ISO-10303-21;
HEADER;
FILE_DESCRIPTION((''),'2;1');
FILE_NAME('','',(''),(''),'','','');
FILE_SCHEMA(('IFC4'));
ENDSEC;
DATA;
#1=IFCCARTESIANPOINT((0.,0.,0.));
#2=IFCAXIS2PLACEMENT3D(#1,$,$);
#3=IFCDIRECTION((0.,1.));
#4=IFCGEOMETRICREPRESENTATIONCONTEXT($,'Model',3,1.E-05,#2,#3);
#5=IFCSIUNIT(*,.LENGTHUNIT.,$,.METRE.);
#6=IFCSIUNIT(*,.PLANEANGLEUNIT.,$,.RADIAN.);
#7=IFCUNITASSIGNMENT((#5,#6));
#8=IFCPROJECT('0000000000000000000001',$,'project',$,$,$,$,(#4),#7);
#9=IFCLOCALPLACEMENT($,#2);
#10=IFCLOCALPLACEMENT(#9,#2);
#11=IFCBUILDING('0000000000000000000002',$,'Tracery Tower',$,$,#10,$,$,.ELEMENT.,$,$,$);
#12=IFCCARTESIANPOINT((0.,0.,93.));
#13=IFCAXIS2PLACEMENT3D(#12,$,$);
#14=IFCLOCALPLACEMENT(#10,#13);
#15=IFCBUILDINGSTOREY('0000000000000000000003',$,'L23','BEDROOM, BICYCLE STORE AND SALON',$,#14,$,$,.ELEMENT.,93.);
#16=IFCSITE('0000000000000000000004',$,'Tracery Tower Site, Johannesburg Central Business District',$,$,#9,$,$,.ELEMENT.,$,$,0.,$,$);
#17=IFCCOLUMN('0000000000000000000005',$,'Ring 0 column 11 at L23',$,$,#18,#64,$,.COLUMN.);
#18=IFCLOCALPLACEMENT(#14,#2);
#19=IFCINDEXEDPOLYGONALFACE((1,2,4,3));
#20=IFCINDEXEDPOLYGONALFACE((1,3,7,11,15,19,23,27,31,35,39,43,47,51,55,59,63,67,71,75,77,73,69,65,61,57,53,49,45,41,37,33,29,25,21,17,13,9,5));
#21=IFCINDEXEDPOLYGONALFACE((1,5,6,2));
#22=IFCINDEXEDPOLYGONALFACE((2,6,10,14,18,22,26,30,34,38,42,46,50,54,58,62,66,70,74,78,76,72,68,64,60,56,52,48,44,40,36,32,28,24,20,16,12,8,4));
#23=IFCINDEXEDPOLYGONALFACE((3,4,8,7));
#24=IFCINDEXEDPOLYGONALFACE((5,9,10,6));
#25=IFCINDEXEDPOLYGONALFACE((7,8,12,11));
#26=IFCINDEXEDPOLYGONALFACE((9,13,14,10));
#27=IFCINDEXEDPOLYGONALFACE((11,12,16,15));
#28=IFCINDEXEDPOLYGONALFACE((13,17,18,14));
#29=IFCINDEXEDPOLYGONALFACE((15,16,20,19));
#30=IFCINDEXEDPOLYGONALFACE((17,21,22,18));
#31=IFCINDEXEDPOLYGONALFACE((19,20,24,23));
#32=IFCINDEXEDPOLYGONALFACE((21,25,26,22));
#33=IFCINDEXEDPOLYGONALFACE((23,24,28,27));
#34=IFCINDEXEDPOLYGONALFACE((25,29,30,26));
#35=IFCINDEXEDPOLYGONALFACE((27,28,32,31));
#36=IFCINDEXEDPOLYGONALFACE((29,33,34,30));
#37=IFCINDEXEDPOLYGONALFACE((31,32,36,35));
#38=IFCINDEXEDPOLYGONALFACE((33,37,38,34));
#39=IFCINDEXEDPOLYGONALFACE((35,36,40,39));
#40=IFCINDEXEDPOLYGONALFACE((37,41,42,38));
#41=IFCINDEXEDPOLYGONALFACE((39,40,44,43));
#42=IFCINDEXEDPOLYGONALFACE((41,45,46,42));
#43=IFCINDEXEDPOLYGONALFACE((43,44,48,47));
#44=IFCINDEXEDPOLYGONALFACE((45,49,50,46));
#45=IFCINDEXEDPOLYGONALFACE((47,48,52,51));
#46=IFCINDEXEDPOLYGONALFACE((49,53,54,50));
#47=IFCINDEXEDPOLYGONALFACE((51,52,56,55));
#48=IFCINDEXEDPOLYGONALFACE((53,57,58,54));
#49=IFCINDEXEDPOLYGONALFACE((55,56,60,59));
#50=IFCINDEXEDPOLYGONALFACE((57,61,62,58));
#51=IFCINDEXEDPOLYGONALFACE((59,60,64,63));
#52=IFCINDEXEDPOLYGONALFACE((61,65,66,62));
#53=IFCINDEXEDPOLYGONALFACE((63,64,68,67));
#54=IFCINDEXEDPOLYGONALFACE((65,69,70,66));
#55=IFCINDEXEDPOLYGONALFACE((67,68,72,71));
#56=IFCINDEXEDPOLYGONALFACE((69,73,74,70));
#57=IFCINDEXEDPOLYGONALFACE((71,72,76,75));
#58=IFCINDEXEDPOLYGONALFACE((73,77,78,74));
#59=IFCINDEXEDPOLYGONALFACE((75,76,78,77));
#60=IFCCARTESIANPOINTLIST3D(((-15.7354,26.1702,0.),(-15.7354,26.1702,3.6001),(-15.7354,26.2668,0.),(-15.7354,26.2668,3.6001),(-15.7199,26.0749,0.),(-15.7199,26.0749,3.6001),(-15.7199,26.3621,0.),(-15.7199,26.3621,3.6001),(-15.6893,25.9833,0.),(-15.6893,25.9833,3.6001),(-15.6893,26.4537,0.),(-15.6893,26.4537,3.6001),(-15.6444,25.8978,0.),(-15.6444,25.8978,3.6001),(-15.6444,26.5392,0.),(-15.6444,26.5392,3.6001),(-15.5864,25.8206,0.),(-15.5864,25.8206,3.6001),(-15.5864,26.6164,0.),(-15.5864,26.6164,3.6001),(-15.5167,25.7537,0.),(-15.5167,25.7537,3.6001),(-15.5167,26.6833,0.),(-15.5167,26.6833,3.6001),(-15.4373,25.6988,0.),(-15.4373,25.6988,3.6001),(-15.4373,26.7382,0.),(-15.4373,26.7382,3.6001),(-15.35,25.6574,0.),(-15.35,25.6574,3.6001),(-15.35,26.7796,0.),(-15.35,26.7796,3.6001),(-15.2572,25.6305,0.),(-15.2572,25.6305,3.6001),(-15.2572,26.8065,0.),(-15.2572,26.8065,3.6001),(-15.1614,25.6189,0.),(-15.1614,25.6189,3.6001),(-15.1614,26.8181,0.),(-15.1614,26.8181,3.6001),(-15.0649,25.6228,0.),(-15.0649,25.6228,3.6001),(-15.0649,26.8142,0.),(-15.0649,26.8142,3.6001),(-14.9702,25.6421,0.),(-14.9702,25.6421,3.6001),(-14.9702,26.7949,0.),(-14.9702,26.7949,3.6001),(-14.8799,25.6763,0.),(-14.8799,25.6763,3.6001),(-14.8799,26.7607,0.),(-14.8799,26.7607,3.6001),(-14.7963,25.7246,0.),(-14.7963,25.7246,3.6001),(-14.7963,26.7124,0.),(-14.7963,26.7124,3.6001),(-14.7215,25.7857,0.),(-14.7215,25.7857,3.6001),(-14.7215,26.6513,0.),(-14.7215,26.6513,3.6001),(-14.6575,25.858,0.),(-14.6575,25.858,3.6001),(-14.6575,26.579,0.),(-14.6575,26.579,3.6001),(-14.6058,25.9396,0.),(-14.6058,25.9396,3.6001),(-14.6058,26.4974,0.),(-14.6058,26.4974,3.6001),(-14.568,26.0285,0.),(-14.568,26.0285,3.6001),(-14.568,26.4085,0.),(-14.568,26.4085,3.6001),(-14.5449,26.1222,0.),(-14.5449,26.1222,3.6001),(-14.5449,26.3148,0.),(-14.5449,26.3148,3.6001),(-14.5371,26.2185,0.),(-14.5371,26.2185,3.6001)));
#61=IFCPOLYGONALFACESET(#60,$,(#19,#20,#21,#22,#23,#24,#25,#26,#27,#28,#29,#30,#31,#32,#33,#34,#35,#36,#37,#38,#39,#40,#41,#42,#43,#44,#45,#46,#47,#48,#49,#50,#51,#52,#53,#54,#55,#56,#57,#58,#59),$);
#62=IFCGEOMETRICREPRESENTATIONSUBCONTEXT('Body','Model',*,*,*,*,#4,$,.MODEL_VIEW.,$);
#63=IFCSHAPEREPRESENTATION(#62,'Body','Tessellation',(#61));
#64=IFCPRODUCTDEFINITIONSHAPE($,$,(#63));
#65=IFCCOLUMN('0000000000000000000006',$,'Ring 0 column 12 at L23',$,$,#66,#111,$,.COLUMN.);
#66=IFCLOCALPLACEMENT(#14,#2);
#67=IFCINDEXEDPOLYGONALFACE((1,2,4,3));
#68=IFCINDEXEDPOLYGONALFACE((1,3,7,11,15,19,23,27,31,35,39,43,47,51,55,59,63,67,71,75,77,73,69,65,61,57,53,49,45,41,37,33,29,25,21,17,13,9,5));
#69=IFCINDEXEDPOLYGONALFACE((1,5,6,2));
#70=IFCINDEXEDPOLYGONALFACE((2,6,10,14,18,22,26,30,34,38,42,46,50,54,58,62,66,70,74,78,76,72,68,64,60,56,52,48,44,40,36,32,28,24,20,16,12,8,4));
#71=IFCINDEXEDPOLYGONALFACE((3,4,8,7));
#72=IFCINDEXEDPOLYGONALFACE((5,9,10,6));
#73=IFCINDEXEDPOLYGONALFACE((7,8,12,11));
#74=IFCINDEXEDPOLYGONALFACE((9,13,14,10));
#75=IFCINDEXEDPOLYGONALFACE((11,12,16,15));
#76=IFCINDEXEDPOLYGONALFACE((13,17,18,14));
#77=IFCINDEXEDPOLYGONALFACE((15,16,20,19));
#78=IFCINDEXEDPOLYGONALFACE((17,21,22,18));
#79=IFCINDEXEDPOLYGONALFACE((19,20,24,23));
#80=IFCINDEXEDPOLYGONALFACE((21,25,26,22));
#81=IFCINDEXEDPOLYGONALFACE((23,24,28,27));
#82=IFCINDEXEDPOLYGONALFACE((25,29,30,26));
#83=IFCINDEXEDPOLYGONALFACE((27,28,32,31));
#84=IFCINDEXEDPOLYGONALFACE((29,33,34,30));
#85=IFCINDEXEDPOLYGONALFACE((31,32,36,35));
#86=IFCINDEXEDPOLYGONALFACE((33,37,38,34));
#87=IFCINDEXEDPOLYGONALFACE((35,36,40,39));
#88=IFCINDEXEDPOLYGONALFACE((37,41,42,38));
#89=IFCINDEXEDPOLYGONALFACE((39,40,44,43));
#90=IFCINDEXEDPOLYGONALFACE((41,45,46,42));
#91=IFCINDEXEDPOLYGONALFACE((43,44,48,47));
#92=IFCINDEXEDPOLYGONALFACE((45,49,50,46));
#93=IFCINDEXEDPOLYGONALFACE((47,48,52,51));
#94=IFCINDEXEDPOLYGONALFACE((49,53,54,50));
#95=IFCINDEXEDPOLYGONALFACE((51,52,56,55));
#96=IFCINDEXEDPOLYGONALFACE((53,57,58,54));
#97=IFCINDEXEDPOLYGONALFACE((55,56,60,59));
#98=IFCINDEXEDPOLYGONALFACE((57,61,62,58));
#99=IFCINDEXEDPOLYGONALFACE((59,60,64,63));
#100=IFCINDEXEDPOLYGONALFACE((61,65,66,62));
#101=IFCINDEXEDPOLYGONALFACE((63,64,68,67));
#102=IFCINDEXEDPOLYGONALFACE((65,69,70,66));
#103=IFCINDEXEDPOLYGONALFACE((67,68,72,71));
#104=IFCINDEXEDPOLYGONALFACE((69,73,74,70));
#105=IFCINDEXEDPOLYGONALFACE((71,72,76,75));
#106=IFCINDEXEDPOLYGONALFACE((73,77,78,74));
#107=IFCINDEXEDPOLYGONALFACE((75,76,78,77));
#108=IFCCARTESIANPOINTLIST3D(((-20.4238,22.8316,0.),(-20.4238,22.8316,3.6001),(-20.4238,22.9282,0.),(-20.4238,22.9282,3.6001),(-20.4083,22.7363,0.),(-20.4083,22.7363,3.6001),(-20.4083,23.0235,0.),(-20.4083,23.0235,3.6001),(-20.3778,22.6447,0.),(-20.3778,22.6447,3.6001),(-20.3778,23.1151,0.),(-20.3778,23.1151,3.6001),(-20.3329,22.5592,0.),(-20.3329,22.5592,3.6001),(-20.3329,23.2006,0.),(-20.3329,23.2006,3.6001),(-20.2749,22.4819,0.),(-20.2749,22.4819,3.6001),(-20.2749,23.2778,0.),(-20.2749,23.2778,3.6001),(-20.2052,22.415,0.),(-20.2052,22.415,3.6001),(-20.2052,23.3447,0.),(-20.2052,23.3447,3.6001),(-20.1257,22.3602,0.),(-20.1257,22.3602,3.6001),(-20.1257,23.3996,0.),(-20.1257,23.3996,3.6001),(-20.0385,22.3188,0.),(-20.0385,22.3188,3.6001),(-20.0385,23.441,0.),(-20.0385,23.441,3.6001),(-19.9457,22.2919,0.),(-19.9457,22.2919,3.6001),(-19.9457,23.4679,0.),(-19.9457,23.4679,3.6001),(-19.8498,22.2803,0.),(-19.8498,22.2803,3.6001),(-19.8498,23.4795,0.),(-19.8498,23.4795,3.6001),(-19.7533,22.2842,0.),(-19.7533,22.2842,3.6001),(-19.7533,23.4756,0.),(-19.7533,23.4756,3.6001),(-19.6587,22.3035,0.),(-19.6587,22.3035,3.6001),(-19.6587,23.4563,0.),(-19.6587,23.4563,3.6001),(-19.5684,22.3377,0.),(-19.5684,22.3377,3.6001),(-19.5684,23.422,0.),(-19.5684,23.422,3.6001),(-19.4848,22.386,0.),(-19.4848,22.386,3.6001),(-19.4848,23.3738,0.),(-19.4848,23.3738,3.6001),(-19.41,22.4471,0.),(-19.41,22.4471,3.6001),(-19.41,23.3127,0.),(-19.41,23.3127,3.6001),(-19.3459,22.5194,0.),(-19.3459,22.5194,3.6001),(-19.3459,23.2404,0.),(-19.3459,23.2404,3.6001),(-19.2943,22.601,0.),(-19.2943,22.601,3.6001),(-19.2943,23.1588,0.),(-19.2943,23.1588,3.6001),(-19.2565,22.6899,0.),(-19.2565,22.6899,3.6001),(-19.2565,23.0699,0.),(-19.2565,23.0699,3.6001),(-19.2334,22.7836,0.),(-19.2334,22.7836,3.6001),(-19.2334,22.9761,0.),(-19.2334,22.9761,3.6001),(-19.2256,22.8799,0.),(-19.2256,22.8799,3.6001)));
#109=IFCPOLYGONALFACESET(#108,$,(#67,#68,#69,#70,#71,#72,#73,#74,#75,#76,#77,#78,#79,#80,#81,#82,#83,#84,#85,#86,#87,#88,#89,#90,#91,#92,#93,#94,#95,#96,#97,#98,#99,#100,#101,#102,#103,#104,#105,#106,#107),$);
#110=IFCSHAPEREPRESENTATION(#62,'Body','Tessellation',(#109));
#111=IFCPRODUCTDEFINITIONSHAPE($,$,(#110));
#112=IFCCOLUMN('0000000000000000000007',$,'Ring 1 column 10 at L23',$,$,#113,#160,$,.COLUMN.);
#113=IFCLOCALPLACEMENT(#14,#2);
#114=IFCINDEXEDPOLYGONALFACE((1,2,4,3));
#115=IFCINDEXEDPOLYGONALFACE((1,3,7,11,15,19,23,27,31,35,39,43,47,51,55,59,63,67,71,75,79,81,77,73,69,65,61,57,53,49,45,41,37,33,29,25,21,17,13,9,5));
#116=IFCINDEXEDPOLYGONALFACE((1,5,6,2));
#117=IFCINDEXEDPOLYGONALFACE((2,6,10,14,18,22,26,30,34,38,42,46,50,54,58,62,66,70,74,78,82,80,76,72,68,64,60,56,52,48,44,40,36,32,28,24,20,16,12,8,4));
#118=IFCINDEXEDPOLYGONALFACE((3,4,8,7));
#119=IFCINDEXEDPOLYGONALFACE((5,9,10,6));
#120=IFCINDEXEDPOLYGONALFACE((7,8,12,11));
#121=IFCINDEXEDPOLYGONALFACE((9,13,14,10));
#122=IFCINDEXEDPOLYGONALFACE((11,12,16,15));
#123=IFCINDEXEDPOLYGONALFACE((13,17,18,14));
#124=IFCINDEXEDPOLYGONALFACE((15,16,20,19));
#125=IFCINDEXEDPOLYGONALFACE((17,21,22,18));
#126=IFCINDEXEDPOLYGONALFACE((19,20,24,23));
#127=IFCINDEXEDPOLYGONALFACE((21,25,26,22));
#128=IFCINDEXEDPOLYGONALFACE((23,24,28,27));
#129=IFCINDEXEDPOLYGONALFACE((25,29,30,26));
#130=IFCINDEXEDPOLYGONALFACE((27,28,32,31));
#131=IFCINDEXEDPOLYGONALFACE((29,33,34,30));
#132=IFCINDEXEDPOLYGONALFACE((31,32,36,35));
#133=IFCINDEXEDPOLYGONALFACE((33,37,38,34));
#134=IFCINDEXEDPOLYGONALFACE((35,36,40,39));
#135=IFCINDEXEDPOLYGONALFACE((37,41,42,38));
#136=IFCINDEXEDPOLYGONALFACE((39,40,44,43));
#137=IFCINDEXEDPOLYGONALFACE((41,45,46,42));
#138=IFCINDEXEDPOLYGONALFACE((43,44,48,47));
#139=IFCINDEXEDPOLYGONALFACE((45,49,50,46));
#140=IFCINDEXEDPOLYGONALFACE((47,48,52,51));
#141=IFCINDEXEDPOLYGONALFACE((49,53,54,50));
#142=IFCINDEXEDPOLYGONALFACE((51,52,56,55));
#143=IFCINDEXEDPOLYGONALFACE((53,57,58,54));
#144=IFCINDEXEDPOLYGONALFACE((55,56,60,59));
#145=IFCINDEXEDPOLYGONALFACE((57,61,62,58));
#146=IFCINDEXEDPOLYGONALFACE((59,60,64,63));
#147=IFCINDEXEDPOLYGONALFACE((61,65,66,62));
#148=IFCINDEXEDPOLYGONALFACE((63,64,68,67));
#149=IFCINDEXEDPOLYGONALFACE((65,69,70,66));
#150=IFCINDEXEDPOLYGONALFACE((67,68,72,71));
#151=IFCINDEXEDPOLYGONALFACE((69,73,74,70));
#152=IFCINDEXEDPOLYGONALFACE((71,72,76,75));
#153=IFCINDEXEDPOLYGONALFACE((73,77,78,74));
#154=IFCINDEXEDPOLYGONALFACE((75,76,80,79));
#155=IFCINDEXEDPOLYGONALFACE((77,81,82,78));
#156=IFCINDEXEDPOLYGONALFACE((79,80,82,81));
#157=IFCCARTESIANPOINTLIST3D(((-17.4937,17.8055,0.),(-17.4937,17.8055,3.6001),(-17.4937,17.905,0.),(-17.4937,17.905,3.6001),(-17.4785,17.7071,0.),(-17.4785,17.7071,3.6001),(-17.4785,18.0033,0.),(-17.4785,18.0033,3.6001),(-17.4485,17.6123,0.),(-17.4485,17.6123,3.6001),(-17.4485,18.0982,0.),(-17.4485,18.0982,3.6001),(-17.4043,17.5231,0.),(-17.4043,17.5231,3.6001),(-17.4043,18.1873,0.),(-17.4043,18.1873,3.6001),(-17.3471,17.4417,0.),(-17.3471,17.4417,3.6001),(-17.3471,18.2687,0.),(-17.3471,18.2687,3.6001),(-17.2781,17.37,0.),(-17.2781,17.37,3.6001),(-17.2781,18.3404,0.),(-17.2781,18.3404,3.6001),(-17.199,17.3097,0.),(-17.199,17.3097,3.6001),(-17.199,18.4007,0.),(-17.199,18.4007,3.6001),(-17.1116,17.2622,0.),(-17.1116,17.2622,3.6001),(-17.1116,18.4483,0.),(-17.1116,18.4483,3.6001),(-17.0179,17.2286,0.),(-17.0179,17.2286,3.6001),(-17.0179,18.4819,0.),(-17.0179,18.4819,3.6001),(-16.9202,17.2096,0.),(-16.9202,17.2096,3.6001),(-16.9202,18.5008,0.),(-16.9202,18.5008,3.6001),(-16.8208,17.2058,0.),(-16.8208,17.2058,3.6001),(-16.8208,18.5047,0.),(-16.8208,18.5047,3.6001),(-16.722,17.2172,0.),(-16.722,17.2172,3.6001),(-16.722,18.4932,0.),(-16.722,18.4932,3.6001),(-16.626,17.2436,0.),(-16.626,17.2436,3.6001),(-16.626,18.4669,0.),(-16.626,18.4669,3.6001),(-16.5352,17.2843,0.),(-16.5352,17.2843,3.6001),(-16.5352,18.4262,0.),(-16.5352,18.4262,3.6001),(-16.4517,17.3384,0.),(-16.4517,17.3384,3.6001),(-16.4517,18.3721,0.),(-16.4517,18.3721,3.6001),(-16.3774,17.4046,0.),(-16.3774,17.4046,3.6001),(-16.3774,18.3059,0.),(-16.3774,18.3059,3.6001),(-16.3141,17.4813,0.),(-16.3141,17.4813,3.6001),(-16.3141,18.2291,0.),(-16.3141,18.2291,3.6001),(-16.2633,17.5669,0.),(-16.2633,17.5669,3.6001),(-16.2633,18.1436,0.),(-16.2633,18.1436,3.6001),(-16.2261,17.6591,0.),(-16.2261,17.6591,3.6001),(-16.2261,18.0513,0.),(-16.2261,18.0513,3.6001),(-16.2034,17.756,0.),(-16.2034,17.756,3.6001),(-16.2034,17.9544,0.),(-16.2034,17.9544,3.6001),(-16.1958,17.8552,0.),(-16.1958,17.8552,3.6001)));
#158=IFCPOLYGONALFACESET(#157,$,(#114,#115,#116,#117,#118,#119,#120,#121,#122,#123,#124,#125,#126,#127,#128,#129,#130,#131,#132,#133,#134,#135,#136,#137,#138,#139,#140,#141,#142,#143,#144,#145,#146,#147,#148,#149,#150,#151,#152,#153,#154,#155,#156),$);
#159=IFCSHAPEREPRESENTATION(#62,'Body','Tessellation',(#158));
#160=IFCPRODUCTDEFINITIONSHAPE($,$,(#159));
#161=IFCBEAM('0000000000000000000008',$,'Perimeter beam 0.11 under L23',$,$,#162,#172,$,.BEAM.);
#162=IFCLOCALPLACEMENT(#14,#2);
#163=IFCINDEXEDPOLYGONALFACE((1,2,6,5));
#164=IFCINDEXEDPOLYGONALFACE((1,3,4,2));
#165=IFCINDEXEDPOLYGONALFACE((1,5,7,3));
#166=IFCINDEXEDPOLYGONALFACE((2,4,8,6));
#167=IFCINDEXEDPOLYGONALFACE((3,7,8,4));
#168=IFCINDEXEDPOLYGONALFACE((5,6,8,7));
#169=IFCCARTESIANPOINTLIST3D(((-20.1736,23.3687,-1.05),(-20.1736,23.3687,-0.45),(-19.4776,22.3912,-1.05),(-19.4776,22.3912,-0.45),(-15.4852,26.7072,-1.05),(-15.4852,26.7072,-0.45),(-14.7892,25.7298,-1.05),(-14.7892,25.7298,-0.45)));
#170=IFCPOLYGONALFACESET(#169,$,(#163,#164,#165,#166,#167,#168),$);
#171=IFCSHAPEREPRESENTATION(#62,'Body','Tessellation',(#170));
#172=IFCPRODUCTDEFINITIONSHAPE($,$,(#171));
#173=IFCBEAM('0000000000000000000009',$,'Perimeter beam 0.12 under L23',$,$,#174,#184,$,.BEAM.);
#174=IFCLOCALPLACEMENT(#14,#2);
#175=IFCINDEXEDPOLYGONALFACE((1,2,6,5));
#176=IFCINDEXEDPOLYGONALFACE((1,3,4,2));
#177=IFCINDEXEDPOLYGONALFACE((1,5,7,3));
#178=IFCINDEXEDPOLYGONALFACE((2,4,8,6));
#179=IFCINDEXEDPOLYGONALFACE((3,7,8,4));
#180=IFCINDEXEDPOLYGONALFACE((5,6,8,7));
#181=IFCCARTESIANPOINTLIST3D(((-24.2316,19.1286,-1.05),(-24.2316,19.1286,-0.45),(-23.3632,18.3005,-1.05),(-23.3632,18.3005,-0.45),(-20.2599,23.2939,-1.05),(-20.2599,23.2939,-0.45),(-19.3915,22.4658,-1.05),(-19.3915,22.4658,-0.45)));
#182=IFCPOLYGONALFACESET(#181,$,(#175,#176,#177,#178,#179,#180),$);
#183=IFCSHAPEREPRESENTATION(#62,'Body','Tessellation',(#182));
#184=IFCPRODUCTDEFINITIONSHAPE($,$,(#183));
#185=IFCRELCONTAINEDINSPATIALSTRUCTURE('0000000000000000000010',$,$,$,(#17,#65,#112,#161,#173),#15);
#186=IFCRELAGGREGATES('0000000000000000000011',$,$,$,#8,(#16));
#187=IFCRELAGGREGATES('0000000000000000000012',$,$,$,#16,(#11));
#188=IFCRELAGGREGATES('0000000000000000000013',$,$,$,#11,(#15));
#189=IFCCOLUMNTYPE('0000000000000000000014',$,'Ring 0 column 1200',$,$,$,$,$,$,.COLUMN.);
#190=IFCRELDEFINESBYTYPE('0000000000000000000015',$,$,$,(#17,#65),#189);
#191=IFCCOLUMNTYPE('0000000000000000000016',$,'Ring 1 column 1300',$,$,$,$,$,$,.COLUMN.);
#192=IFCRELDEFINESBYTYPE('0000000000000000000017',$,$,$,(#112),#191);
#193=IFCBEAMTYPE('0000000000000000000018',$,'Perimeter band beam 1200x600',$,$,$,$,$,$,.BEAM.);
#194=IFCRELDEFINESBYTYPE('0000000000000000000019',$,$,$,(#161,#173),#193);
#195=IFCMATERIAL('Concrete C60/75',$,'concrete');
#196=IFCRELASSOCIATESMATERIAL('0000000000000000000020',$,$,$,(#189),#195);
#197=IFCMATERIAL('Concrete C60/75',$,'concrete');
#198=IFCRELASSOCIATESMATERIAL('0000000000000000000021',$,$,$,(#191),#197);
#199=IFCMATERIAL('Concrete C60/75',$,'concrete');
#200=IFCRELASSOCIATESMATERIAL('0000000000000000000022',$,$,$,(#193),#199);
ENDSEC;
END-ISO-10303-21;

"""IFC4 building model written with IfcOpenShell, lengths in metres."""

from ifc_helpers import new_model, si_unit, direction, frame, origin, origin_2d, place, context, subcontext, project, spatial, rectangle, circle, extrude, material, material_profile, profile_set, type_object, element, save


model = new_model("IFC4")

# Units and contexts
model_context = context("Model", 3, precision=1e-05, world=origin(), true_north=direction((0.0, 1.0)))
body_context = subcontext(model_context, "Body", "Model", "MODEL_VIEW")
ifc_project = project(units=[si_unit("LENGTHUNIT", "METRE"), si_unit("PLANEANGLEUNIT", "RADIAN")], contexts=[model_context])

# Site, building, storey
site_placement = place(None, origin())
site = spatial("IfcSite", under=ifc_project, at=site_placement, Name="Tracery Tower Site, Johannesburg Central Business District", CompositionType="ELEMENT", RefElevation=0.0)
building_placement = place(site_placement, origin())
building = spatial("IfcBuilding", under=site, at=building_placement, Name="Tracery Tower", CompositionType="ELEMENT")
storey_placement = place(building_placement, frame((0.0, 0.0, 93.0)))
storey = spatial("IfcBuildingStorey", under=building, at=storey_placement, Name="L23", Description="BEDROOM, BICYCLE STORE AND SALON", CompositionType="ELEMENT", Elevation=93.0)

# Columns
ifc_material_1 = material(Name="Concrete C60/75", Category="concrete")
ifc_material_profile_1 = material_profile(ifc_material_1, circle(Radius=0.6001, at=origin_2d()), Name="RC D1200")
ifc_profile_set_1 = profile_set([ifc_material_profile_1], Name="Concrete C60/75")
column_type_1 = type_object("IfcColumnType", Name="Ring 0 column 1200", PredefinedType="COLUMN", material=ifc_profile_set_1)
for number, where, z_axis, x_axis, name in (
    (1, (-15.1372, 26.2185, 0.0), (0.0, 0.0, 1.0), (1.0, 0.0, 0.0), "Ring 0 column 11 at L23"),
    (2, (-19.8257, 22.8799, 0.0), (0.0, 0.0, 1.0), (1.0, 0.0, 0.0), "Ring 0 column 12 at L23"),
):
    element("IfcColumn", number, at=place(storey_placement, frame(where, z_axis=z_axis, x_axis=x_axis)), inside=storey, type_object=column_type_1, Name=name, PredefinedType="COLUMN", context=body_context, shape_type="SweptSolid", body=[
        extrude(circle(Radius=0.6001, at=origin_2d()), origin(), (0.0, 0.0, 1.0), 3.6001),
    ])
ifc_material_2 = material(Name="Concrete C60/75", Category="concrete")
ifc_material_profile_2 = material_profile(ifc_material_2, circle(Radius=0.6499, at=origin_2d()), Name="RC D1300")
ifc_profile_set_2 = profile_set([ifc_material_profile_2], Name="Concrete C60/75")
column_type_2 = type_object("IfcColumnType", Name="Ring 1 column 1300", PredefinedType="COLUMN", material=ifc_profile_set_2)
column_placement = place(storey_placement, frame((-16.8457, 17.8552, 0.0), z_axis=(0.0, 0.0, 1.0), x_axis=(1.0, 0.0, 0.0)))
element("IfcColumn", 3, at=column_placement, inside=storey, type_object=column_type_2, Name="Ring 1 column 10 at L23", PredefinedType="COLUMN", context=body_context, shape_type="SweptSolid", body=[
    extrude(circle(Radius=0.6499, at=origin_2d()), origin(), (0.0, 0.0, 1.0), 3.6001),
])

# Beams
ifc_material_3 = material(Name="Concrete C60/75", Category="concrete")
ifc_material_profile_3 = material_profile(ifc_material_3, rectangle(XDim=1.2, YDim=0.6001, at=origin_2d()), Name="RC 1200x600")
ifc_profile_set_3 = profile_set([ifc_material_profile_3], Name="Concrete C60/75")
beam_type = type_object("IfcBeamType", Name="Perimeter band beam 1200x600", PredefinedType="BEAM", material=ifc_profile_set_3)
beam_1_placement = place(storey_placement, frame((-15.1372, 26.2185, -0.75), z_axis=(-0.814578, -0.580054, 0.0), x_axis=(0.580054, -0.814578, 0.0)))
element("IfcBeam", 4, at=beam_1_placement, inside=storey, type_object=beam_type, Name="Perimeter beam 0.11 under L23", PredefinedType="BEAM", context=body_context, shape_type="SweptSolid", body=[
    extrude(rectangle(XDim=1.2, YDim=0.6001, at=origin_2d()), origin(), (0.0, 0.0, 1.0), 5.7556),
])
beam_2_placement = place(storey_placement, frame((-19.8257, 22.8799, -0.75), z_axis=(-0.690087, -0.723726, 0.0), x_axis=(0.723726, -0.690087, 0.0)))
element("IfcBeam", 5, at=beam_2_placement, inside=storey, type_object=beam_type, Name="Perimeter beam 0.12 under L23", PredefinedType="BEAM", context=body_context, shape_type="SweptSolid", body=[
    extrude(rectangle(XDim=1.2, YDim=0.6001, at=origin_2d()), origin(), (0.0, 0.0, 1.0), 5.7554),
])

save(model, "model.ifc")
